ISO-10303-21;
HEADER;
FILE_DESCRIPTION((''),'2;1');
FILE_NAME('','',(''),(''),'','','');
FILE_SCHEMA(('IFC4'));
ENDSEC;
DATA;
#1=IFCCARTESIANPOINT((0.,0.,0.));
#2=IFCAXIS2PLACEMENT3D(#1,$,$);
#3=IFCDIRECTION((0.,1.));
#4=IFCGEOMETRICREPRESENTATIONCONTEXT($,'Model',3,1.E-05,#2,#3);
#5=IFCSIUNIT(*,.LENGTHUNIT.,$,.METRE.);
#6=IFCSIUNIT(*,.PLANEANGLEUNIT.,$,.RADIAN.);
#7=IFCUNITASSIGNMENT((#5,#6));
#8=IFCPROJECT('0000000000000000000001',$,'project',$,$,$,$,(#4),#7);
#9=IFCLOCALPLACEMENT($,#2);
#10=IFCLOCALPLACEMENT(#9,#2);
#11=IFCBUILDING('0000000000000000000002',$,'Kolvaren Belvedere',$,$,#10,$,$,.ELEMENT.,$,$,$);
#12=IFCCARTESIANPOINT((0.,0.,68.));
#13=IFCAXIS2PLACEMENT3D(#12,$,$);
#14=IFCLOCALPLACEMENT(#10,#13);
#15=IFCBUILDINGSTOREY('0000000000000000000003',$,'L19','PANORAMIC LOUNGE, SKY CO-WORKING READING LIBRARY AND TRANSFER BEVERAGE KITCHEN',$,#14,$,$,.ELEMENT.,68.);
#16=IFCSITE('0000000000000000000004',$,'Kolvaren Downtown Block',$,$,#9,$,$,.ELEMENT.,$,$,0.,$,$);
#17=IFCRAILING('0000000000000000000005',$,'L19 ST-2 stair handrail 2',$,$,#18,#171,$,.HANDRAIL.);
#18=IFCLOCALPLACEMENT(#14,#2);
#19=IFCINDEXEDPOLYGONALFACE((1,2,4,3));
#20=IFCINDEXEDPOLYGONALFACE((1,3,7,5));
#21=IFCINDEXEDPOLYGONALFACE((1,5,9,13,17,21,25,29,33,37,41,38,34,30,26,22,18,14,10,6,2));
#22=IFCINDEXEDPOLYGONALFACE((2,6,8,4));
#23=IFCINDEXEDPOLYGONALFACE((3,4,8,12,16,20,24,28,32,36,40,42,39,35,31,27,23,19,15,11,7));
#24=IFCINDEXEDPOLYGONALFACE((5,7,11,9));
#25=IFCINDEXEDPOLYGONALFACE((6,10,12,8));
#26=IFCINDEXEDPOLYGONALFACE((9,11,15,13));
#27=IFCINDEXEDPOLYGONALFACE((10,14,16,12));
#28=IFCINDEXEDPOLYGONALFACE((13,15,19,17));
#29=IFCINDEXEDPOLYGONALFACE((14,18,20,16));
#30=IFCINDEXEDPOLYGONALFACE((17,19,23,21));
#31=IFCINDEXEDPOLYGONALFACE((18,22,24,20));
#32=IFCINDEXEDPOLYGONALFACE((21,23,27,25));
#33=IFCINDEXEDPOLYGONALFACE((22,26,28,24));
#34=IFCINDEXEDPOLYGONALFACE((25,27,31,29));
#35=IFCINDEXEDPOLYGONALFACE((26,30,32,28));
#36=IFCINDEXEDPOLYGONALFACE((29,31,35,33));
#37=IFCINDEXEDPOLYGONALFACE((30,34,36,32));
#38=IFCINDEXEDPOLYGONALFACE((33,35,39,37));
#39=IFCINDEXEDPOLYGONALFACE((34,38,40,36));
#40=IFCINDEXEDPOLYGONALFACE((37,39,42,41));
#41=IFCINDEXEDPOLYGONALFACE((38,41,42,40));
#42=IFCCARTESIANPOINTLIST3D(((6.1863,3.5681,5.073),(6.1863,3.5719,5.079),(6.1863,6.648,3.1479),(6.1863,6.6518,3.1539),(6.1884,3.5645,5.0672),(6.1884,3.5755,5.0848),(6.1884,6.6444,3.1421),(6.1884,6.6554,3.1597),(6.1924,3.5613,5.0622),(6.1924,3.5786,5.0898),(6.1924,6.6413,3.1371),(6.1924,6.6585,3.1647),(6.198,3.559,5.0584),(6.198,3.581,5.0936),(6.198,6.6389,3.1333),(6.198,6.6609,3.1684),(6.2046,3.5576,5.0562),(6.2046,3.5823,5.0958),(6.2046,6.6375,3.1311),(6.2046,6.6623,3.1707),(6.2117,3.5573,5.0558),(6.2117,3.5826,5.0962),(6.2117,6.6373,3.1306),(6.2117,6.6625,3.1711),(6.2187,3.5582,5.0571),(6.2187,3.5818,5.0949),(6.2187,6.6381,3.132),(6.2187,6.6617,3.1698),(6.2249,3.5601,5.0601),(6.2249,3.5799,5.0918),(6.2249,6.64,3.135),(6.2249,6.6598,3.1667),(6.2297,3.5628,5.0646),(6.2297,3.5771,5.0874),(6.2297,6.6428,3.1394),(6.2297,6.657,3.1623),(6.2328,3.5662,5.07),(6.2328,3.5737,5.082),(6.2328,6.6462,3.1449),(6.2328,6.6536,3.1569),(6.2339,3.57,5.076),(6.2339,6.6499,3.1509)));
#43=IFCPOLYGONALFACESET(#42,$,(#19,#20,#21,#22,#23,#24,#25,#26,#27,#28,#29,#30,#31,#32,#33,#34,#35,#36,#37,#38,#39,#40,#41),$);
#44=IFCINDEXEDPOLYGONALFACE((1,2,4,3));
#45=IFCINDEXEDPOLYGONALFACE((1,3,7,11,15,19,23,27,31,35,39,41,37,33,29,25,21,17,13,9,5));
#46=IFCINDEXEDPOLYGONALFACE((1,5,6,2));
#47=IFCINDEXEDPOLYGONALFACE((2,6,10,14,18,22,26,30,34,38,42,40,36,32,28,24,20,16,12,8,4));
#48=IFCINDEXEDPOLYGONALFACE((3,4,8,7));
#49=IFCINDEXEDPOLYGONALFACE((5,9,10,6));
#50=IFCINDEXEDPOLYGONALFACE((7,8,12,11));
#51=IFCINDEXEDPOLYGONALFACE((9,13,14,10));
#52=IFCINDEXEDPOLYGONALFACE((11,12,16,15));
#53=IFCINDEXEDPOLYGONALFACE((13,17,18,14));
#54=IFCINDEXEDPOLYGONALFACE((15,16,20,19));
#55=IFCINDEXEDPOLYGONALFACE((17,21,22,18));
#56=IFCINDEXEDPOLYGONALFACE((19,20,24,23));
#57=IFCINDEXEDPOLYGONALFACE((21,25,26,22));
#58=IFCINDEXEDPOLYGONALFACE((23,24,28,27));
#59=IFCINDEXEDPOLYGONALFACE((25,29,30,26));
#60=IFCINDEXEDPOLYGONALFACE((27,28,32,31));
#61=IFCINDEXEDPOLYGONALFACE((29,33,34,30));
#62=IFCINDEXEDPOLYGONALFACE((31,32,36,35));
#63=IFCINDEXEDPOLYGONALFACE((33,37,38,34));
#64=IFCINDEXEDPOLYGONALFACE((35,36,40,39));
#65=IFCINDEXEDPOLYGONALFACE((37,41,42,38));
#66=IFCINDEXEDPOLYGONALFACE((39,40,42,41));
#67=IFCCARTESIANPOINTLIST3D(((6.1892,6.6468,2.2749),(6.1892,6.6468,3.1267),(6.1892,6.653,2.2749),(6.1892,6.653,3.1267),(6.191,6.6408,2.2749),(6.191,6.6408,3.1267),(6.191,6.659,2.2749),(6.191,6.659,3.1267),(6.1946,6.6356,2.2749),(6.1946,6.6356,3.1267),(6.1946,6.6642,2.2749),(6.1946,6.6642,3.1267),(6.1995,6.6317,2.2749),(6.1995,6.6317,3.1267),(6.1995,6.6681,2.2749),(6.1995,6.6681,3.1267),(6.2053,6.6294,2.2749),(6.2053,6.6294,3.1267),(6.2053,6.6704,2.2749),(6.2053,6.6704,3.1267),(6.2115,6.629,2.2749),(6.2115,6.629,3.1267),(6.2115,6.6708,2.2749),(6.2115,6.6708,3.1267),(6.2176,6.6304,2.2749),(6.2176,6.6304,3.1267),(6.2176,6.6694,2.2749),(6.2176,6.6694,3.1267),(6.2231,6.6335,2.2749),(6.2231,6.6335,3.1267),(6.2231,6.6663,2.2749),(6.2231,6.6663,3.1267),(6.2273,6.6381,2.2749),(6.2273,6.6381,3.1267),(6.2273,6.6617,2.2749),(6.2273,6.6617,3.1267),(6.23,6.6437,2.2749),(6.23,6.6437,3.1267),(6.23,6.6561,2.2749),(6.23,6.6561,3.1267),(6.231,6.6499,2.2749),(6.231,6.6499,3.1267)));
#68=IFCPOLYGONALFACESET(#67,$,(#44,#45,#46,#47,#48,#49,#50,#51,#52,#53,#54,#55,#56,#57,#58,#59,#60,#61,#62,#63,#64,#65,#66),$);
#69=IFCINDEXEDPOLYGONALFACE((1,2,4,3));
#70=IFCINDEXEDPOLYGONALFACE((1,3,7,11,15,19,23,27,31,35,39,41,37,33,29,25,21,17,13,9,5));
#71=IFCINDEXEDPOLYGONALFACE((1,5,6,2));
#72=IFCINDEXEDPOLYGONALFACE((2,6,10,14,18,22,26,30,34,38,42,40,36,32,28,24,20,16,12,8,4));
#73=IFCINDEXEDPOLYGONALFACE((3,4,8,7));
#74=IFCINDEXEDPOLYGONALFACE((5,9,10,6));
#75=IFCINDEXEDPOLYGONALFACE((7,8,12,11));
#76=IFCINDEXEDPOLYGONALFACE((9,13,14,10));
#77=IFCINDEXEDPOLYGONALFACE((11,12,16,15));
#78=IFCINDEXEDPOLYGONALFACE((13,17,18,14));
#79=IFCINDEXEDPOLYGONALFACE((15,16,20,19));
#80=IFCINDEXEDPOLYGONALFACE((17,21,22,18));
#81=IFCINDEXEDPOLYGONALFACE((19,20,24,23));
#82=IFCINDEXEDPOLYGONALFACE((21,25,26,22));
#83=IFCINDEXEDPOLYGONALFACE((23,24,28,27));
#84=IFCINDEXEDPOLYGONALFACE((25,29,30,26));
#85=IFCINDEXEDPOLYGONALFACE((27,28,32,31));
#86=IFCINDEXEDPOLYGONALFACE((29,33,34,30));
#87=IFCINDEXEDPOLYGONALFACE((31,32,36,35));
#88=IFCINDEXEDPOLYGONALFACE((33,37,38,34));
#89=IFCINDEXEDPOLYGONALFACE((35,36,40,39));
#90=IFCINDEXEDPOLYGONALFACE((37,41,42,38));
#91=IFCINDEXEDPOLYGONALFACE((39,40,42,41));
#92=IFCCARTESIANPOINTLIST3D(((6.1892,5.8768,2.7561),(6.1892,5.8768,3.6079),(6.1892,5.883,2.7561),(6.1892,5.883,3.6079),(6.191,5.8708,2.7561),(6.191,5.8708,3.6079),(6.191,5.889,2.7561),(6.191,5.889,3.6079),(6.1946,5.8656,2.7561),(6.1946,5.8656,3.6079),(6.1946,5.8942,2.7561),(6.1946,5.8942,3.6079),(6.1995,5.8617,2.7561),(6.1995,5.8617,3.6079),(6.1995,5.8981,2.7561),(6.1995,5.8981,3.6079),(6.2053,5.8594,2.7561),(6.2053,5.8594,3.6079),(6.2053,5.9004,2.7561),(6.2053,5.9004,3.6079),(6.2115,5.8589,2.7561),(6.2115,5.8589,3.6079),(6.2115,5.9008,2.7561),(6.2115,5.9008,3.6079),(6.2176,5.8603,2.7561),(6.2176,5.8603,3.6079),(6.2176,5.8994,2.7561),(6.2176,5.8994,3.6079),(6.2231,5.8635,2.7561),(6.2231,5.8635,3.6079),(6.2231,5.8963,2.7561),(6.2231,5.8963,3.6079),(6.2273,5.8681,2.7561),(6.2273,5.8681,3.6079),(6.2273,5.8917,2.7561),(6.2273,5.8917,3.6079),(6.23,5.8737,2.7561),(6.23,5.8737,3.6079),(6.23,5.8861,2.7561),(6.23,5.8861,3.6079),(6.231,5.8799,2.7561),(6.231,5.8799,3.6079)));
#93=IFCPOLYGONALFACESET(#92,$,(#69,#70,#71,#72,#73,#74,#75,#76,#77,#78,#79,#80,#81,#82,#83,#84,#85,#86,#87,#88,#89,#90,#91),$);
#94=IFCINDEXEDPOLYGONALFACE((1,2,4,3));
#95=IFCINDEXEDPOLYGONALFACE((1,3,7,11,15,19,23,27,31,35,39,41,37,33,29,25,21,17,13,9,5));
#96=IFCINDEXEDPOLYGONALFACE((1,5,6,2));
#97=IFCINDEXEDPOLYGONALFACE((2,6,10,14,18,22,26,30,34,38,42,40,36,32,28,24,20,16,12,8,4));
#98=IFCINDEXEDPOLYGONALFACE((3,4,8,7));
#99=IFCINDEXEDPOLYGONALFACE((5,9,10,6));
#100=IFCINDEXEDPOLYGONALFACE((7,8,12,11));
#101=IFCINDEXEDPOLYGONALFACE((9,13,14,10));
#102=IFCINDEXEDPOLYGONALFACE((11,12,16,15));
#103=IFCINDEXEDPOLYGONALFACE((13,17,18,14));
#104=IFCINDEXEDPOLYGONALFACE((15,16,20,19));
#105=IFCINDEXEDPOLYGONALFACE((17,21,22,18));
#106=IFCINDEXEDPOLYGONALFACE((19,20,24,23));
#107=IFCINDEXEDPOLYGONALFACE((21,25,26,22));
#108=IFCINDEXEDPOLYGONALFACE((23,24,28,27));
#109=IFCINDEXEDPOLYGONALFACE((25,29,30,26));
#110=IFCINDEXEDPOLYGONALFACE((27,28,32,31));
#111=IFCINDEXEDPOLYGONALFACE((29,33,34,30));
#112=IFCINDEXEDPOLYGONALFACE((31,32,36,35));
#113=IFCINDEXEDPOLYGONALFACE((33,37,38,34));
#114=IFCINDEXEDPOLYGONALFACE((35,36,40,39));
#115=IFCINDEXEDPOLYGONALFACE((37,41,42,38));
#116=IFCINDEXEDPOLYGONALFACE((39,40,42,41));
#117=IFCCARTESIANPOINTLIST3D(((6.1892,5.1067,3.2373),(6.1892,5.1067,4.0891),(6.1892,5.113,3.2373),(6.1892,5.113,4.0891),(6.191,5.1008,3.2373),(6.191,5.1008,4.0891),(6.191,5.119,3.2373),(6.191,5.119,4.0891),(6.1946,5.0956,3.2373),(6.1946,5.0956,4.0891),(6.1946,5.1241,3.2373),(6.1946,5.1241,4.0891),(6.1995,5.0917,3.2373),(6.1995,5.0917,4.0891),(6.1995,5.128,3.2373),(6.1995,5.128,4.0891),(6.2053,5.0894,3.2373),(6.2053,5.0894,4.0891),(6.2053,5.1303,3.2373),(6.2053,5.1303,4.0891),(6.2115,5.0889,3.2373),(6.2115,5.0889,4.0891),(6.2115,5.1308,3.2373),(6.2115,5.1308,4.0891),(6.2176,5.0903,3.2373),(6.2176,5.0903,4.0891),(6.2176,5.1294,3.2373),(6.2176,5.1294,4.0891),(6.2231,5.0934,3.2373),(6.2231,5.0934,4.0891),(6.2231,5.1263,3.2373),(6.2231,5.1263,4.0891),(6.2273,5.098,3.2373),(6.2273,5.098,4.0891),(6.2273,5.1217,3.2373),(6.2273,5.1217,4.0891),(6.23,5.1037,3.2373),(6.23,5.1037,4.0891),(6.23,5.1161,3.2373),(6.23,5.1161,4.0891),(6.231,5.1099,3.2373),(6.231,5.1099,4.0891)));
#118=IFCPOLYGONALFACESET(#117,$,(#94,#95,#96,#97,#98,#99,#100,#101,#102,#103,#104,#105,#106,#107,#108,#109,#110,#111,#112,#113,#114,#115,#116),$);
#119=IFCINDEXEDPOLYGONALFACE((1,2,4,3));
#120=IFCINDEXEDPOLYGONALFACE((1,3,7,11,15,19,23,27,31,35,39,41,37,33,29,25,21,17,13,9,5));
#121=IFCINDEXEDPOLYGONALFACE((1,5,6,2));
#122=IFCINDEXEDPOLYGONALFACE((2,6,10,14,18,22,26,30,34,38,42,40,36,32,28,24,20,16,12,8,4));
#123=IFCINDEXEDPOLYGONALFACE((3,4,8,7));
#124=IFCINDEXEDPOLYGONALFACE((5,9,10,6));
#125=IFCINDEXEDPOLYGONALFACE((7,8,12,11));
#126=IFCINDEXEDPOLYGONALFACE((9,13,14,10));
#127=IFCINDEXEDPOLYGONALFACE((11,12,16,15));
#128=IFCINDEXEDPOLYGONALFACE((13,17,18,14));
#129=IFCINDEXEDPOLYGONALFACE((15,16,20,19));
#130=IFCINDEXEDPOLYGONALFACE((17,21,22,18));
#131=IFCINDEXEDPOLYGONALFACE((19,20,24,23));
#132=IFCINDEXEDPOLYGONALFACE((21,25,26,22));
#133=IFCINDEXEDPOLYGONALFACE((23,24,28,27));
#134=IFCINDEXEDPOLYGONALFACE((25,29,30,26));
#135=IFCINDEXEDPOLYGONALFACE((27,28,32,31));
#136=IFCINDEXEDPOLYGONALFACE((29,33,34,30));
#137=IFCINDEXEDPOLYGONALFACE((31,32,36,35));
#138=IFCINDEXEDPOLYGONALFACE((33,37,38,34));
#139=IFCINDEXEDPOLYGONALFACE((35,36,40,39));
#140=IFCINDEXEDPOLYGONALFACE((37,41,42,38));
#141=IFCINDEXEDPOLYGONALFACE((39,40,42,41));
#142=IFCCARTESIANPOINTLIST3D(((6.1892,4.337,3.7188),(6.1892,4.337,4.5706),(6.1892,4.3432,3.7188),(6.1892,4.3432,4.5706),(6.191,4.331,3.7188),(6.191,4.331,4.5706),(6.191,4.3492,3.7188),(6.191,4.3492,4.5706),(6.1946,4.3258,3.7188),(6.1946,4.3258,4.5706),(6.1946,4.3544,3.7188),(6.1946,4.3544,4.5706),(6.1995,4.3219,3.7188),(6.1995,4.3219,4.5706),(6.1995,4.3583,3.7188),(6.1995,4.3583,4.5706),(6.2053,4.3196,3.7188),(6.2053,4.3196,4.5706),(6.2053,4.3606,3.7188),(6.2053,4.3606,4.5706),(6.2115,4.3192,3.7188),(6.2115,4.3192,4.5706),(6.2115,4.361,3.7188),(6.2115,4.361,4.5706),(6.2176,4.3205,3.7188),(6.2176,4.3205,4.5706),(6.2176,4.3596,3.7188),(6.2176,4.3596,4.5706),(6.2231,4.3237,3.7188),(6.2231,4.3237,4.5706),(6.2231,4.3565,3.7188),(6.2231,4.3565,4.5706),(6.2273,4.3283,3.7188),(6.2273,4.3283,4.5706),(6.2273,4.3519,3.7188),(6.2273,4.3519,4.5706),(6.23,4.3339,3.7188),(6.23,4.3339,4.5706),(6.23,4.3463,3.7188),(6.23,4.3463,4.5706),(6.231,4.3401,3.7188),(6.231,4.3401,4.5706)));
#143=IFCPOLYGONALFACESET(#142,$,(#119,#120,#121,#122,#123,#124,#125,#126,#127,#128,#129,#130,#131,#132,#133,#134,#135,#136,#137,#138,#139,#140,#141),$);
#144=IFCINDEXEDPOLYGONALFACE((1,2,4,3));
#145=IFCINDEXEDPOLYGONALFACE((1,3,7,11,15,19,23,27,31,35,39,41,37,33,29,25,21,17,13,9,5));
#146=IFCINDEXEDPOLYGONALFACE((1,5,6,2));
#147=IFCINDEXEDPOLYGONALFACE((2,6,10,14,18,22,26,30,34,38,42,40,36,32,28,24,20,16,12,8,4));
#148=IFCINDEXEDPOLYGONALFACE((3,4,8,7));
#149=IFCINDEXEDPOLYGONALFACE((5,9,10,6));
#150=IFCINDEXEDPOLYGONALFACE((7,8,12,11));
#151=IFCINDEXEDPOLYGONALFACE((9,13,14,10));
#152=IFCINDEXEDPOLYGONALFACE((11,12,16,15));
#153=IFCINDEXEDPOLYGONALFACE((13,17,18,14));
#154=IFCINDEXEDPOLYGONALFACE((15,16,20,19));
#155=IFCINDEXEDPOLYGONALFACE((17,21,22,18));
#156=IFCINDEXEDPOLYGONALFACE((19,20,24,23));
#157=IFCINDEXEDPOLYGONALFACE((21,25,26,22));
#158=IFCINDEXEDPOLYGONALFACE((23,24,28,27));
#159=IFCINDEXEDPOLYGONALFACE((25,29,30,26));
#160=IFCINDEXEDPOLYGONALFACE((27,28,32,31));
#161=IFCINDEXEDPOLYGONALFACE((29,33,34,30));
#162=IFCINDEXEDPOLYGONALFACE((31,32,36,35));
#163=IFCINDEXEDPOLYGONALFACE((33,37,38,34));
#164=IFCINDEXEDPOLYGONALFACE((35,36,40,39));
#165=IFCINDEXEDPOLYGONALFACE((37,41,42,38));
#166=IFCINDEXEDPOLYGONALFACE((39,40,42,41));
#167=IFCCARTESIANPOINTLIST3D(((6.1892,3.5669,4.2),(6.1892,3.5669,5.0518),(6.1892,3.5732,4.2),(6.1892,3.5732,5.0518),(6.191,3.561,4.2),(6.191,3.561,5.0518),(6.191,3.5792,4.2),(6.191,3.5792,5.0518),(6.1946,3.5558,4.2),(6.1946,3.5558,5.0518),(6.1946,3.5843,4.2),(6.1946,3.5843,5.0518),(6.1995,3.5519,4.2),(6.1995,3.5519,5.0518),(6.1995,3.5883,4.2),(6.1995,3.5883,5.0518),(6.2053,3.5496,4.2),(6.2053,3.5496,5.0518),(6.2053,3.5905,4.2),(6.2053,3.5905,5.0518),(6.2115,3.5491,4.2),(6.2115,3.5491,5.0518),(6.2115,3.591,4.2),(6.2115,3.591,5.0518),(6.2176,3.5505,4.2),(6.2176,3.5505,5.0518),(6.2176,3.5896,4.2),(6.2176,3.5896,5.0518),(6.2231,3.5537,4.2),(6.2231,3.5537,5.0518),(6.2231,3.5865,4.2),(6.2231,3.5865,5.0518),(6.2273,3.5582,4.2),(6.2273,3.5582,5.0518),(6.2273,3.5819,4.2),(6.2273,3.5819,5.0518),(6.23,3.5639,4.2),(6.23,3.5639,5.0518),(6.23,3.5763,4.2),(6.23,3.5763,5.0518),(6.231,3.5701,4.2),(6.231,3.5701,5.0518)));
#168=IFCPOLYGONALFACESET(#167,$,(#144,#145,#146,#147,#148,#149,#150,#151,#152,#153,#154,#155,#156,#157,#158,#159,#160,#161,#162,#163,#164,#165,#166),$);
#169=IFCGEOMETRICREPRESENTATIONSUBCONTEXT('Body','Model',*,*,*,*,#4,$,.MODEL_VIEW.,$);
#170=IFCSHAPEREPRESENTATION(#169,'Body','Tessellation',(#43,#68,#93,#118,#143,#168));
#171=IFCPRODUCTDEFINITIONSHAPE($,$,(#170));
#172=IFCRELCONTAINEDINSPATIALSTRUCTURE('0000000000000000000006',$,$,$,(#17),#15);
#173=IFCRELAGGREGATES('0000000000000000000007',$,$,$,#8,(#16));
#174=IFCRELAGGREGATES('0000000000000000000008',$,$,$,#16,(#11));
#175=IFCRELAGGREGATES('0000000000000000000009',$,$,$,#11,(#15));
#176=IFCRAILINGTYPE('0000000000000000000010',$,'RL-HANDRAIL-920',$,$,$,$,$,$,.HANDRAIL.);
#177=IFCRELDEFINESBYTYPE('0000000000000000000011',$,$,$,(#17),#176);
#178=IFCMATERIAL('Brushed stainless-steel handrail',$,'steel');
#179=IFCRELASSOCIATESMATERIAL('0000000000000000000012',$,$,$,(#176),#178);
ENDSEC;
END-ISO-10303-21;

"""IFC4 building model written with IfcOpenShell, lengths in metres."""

from ifc_helpers import new_model, si_unit, direction, frame, origin, origin_2d, place, context, subcontext, project, spatial, circle, extrude, material, type_object, element, save


model = new_model("IFC4")

# Units and contexts
model_context = context("Model", 3, precision=1e-05, world=origin(), true_north=direction((0.0, 1.0)))
body_context = subcontext(model_context, "Body", "Model", "MODEL_VIEW")
ifc_project = project(units=[si_unit("LENGTHUNIT", "METRE"), si_unit("PLANEANGLEUNIT", "RADIAN")], contexts=[model_context])

# Site, building, storey
site_placement = place(None, origin())
site = spatial("IfcSite", under=ifc_project, at=site_placement, Name="Kolvaren Downtown Block", CompositionType="ELEMENT", RefElevation=0.0)
building_placement = place(site_placement, origin())
building = spatial("IfcBuilding", under=site, at=building_placement, Name="Kolvaren Belvedere", CompositionType="ELEMENT")
storey_placement = place(building_placement, frame((0.0, 0.0, 68.0)))
storey = spatial("IfcBuildingStorey", under=building, at=storey_placement, Name="L19", Description="PANORAMIC LOUNGE, SKY CO-WORKING READING LIBRARY AND TRANSFER BEVERAGE KITCHEN", CompositionType="ELEMENT", Elevation=68.0)

# Railing
ifc_material_1 = material(Name="Brushed stainless-steel handrail", Category="steel")
railing_type_1 = type_object("IfcRailingType", Name="RL-HANDRAIL-920", PredefinedType="HANDRAIL", material=ifc_material_1)
railing_1_placement = place(storey_placement, frame((6.21, 6.6499, 2.2749)))
element("IfcRailing", 1, at=railing_1_placement, inside=storey, type_object=railing_type_1, Name="L19 ST-2 stair handrail 2", PredefinedType="HANDRAIL", context=body_context, shape_type="SweptSolid", body=[
    extrude(circle(Radius=0.0239, at=origin_2d()), frame((0.0, 0.0, 0.876), z_axis=(0.0, -0.847979, 0.530029), x_axis=(1.0, 0.0, 0.0)), (0.0, 0.0, 1.0), 3.6321),
    extrude(circle(Radius=0.021, at=origin_2d()), origin(), (0.0, 0.0, 1.0), 0.8518),
    extrude(circle(Radius=0.021, at=origin_2d()), frame((0.0, -0.77, 0.4812)), (0.0, 0.0, 1.0), 0.8518),
    extrude(circle(Radius=0.021, at=origin_2d()), frame((0.0, -1.54, 0.9624)), (0.0, 0.0, 1.0), 0.8518),
    extrude(circle(Radius=0.021, at=origin_2d()), frame((0.0, -2.3098, 1.4438)), (0.0, 0.0, 1.0), 0.8518),
    extrude(circle(Radius=0.021, at=origin_2d()), frame((0.0, -3.0798, 1.925)), (0.0, 0.0, 1.0), 0.8518),
])

save(model, "model.ifc")
